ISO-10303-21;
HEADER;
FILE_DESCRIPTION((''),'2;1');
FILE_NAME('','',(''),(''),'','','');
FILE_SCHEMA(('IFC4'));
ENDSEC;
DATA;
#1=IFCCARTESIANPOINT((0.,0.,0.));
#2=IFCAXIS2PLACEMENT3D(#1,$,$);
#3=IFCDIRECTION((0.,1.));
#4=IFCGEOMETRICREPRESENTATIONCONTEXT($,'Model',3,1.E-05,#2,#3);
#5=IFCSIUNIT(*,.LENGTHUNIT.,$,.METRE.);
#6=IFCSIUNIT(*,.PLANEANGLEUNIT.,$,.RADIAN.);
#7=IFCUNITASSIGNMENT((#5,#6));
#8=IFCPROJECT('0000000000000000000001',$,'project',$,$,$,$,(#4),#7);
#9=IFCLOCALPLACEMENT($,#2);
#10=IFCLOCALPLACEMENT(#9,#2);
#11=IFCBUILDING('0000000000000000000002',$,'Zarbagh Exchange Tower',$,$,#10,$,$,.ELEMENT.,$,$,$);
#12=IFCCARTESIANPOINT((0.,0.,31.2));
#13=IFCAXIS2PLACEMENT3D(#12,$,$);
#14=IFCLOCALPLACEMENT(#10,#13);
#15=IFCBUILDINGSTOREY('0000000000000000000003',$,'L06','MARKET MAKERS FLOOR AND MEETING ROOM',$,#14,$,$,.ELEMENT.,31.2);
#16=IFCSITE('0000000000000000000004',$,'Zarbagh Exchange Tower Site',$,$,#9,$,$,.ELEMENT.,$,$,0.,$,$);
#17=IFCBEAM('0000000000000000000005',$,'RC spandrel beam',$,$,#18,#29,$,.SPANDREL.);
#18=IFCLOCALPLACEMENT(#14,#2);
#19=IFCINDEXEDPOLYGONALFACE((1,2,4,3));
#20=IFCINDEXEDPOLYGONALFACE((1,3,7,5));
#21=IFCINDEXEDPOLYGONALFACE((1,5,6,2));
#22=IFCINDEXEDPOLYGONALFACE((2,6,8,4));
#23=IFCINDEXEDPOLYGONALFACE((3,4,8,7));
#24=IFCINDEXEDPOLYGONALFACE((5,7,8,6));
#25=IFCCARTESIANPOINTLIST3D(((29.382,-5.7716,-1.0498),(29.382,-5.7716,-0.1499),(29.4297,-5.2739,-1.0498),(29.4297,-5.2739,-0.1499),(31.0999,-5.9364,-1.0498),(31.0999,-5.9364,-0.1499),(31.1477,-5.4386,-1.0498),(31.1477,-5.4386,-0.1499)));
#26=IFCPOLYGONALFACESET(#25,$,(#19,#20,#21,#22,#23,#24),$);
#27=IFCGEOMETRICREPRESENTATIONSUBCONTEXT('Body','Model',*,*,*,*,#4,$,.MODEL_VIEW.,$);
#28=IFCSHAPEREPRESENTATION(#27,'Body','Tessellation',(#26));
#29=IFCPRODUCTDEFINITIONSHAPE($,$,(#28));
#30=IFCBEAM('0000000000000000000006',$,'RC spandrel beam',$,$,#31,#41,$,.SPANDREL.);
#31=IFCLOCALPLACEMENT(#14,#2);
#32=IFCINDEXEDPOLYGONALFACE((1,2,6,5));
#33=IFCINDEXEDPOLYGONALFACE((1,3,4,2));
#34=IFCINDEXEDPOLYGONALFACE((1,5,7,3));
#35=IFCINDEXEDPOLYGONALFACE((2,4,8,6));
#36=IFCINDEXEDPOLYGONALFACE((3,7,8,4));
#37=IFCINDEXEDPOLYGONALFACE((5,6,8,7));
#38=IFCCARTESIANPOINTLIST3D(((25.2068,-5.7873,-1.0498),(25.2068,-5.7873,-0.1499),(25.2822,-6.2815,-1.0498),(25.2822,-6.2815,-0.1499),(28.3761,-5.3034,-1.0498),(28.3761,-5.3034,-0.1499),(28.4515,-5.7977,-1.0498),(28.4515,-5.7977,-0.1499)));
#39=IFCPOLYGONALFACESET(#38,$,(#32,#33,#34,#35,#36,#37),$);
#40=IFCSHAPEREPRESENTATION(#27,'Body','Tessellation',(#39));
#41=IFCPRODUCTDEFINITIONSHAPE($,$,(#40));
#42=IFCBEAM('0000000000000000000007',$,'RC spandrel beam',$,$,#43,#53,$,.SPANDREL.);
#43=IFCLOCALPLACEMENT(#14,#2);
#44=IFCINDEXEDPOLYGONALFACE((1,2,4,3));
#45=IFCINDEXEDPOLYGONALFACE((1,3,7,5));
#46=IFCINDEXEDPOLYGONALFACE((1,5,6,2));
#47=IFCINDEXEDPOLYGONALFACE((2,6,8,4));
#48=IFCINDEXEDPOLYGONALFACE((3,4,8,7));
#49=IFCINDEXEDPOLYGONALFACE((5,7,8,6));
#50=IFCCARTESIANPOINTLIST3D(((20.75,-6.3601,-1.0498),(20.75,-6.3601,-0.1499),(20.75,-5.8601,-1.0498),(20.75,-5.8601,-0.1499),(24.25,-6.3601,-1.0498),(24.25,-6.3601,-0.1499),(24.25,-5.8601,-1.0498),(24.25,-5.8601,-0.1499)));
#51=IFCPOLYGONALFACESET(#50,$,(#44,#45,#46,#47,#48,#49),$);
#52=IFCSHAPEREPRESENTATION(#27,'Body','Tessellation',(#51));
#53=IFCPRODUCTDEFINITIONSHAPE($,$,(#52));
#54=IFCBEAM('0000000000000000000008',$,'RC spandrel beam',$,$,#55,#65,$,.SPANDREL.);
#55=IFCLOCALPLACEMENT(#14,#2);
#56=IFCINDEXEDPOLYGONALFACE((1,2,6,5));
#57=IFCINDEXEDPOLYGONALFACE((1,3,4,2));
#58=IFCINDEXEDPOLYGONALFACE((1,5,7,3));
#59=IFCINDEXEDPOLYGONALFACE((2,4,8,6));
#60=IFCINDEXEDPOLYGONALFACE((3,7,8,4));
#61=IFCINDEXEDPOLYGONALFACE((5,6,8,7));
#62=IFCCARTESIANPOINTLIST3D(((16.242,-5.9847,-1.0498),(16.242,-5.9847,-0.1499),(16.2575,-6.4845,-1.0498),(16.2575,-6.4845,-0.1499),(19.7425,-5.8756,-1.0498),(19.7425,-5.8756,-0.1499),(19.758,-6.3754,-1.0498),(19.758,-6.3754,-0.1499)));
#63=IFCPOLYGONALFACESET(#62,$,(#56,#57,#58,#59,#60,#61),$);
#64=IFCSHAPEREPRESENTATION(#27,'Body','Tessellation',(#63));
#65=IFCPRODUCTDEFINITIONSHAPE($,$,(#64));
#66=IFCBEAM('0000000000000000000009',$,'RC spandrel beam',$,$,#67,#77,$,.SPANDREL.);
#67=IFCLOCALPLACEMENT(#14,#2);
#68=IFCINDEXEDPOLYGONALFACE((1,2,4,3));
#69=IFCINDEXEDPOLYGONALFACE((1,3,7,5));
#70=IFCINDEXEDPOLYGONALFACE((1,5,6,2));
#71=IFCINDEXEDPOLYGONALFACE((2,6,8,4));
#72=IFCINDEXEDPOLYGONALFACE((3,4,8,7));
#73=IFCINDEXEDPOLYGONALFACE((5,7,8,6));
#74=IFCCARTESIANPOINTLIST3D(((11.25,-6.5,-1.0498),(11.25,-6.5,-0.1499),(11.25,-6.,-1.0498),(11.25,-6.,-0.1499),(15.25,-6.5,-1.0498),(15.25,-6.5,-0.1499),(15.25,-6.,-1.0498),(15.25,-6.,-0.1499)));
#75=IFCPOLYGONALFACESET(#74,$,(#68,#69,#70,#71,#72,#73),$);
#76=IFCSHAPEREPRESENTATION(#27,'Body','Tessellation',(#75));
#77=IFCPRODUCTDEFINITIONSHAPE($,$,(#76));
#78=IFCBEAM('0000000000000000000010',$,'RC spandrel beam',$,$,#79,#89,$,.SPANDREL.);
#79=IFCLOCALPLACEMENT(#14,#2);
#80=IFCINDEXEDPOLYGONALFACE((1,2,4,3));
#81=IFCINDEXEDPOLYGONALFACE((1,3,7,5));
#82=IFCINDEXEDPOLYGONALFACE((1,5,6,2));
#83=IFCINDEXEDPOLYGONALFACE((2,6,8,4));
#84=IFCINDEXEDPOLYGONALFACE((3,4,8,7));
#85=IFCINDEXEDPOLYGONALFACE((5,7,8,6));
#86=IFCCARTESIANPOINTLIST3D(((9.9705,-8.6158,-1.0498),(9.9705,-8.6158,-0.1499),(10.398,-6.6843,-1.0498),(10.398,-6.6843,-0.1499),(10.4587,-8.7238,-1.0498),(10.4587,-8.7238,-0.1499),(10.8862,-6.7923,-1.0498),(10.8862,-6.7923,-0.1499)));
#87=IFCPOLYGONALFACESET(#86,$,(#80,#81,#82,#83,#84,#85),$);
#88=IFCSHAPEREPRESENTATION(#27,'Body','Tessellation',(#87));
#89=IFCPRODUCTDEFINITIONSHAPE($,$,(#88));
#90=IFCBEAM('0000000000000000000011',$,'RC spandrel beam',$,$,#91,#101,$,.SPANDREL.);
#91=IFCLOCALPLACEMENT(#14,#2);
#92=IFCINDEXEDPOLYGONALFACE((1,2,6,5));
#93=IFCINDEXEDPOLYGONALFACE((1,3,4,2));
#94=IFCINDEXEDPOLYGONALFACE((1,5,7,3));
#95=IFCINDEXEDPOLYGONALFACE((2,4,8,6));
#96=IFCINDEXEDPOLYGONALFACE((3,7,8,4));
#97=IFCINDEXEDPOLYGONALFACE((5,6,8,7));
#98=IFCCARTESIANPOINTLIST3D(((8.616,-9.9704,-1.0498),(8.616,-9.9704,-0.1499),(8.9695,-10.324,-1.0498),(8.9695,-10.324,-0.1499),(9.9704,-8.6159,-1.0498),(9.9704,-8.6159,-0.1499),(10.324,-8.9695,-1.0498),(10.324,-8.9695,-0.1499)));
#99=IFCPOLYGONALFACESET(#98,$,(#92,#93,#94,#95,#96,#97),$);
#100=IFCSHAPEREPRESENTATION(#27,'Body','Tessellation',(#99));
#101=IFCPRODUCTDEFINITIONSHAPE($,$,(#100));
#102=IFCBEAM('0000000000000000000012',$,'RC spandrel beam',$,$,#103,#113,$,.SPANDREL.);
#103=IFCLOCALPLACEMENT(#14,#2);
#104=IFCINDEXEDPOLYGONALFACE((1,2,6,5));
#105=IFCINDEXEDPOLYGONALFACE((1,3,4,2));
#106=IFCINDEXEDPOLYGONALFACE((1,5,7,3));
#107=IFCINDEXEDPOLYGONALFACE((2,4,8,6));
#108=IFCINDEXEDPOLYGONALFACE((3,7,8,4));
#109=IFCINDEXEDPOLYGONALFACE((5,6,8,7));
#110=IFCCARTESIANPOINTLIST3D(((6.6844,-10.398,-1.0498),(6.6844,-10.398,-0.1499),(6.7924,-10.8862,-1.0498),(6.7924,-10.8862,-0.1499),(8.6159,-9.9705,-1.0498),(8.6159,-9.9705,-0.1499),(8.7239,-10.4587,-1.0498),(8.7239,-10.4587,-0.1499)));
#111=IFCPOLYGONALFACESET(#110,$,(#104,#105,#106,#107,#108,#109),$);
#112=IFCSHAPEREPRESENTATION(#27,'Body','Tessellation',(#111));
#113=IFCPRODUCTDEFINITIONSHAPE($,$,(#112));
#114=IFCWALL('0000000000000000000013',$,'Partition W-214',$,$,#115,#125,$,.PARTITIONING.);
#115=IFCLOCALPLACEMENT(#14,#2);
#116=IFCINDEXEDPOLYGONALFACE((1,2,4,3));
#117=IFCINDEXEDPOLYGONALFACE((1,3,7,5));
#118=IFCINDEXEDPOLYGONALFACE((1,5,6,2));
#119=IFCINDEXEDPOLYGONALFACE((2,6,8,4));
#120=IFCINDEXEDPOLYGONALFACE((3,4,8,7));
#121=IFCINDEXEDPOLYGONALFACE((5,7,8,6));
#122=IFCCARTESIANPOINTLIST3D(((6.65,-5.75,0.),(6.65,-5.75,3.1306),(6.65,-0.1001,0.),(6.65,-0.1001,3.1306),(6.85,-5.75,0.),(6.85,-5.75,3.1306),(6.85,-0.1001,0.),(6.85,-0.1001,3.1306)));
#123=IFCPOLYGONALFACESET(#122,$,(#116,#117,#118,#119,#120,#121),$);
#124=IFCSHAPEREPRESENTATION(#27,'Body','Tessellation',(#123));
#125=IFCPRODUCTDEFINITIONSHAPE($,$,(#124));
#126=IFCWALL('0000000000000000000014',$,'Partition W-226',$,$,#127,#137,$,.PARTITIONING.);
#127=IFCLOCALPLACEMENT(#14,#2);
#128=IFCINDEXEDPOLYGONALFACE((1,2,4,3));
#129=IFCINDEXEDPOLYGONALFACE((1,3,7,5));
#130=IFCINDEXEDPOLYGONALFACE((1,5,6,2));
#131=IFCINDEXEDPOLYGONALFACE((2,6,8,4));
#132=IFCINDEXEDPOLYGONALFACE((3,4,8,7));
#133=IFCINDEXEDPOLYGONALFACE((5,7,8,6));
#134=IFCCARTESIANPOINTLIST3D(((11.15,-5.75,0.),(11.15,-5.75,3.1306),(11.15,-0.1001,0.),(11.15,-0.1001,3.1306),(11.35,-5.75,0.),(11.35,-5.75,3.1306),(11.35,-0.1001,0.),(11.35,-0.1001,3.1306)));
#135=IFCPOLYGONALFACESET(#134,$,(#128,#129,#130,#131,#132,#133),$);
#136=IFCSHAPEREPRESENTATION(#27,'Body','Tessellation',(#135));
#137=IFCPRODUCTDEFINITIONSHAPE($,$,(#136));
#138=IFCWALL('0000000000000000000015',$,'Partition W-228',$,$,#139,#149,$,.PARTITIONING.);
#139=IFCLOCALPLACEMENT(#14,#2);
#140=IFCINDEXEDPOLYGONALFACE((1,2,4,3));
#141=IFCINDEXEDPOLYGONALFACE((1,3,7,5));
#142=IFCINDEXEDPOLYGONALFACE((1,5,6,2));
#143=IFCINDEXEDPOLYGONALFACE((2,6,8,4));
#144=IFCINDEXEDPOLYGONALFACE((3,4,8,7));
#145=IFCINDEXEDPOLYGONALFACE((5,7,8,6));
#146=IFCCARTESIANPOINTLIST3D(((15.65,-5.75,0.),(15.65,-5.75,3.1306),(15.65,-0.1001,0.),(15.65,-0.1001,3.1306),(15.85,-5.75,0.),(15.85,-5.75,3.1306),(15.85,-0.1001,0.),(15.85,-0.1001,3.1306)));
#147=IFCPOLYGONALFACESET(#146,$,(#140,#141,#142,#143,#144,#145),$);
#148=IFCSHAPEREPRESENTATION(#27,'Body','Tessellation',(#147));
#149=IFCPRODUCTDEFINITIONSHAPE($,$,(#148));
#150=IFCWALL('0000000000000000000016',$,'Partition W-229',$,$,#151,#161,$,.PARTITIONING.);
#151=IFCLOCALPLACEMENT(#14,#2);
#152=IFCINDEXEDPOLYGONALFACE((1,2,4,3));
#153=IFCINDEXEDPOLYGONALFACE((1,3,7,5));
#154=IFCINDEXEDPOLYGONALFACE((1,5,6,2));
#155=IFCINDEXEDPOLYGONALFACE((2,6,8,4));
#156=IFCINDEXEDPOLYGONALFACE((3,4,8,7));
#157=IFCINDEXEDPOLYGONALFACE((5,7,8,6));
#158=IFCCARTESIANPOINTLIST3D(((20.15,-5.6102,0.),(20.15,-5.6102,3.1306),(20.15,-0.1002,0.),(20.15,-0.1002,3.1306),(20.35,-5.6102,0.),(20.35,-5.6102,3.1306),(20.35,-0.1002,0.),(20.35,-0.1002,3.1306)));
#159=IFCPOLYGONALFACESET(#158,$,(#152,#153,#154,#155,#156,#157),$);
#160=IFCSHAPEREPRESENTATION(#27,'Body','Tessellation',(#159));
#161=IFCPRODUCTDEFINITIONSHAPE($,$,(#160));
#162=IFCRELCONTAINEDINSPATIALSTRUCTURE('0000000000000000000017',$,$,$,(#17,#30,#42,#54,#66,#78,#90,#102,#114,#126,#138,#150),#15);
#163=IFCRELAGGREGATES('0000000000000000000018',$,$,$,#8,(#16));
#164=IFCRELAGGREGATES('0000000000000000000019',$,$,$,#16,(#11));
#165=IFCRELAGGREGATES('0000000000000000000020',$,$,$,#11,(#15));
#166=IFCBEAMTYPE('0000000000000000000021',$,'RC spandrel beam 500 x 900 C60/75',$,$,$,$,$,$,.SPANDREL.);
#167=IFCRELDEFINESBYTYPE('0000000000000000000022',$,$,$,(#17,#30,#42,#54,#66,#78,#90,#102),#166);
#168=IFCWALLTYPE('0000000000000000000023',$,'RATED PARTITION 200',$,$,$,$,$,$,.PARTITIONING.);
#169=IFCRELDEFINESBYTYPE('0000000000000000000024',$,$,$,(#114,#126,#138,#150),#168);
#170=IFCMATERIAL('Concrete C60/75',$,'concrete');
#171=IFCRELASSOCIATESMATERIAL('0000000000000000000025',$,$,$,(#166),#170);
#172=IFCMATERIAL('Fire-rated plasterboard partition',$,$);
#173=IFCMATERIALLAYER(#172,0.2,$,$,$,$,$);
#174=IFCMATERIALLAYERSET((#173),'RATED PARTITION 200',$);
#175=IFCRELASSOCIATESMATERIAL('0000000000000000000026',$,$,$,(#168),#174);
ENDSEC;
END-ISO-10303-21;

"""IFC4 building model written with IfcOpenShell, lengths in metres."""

from ifc_helpers import new_model, si_unit, direction, frame, frame_2d, origin, origin_2d, place, context, subcontext, project, spatial, rectangle, extrude, material, layer, layer_set, material_profile, profile_set, type_object, element, save


model = new_model("IFC4")

# Units and contexts
model_context = context("Model", 3, precision=1e-05, world=origin(), true_north=direction((0.0, 1.0)))
body_context = subcontext(model_context, "Body", "Model", "MODEL_VIEW")
ifc_project = project(units=[si_unit("LENGTHUNIT", "METRE"), si_unit("PLANEANGLEUNIT", "RADIAN")], contexts=[model_context])

# Site, building, storey
site_placement = place(None, origin())
site = spatial("IfcSite", under=ifc_project, at=site_placement, Name="Zarbagh Exchange Tower Site", CompositionType="ELEMENT", RefElevation=0.0)
building_placement = place(site_placement, origin())
building = spatial("IfcBuilding", under=site, at=building_placement, Name="Zarbagh Exchange Tower", CompositionType="ELEMENT")
storey_placement = place(building_placement, frame((0.0, 0.0, 31.2)))
storey = spatial("IfcBuildingStorey", under=building, at=storey_placement, Name="L06", Description="MARKET MAKERS FLOOR AND MEETING ROOM", CompositionType="ELEMENT", Elevation=31.2)

# Shared definitions
ifc_material_1 = material(Name="Concrete C60/75", Category="concrete")

# Beams
ifc_material_profile_1 = material_profile(ifc_material_1, rectangle(XDim=0.5, YDim=0.8999, at=origin_2d()), Name="RC spandrel beam 500 x 900 C60/75")
ifc_profile_set_1 = profile_set([ifc_material_profile_1], Name="Concrete C60/75")
beam_type_1 = type_object("IfcBeamType", Name="RC spandrel beam 500 x 900 C60/75", PredefinedType="SPANDREL", material=ifc_profile_set_1)
beam_1_placement = place(storey_placement, frame((31.1238, -5.6875, -0.5999), z_axis=(-0.995431, 0.095483, 0.0), x_axis=(-0.095483, -0.995431, 0.0)))
element("IfcBeam", 1, at=beam_1_placement, inside=storey, type_object=beam_type_1, Name="RC spandrel beam", PredefinedType="SPANDREL", context=body_context, shape_type="SweptSolid", body=[
    extrude(rectangle(XDim=0.5, YDim=0.8999, at=origin_2d()), origin(), (0.0, 0.0, 1.0), 1.7258),
])
beam_2_placement = place(storey_placement, frame((28.4138, -5.5505, -0.5999), z_axis=(-0.988545, -0.150924, 0.0), x_axis=(0.150924, -0.988545, 0.0)))
element("IfcBeam", 2, at=beam_2_placement, inside=storey, type_object=beam_type_1, Name="RC spandrel beam", PredefinedType="SPANDREL", context=body_context, shape_type="SweptSolid", body=[
    extrude(rectangle(XDim=0.5, YDim=0.8999, at=origin_2d()), origin(), (0.0, 0.0, 1.0), 3.2061),
])
beam_3_placement = place(storey_placement, frame((24.25, -6.1101, -0.5999), z_axis=(-1.0, 0.0, 0.0), x_axis=(0.0, -1.0, 0.0)))
element("IfcBeam", 3, at=beam_3_placement, inside=storey, type_object=beam_type_1, Name="RC spandrel beam", PredefinedType="SPANDREL", context=body_context, shape_type="SweptSolid", body=[
    extrude(rectangle(XDim=0.5, YDim=0.8999, at=origin_2d()), origin(), (0.0, 0.0, 1.0), 3.5),
])
beam_4_placement = place(storey_placement, frame((19.7502, -6.1255, -0.5999), z_axis=(-0.999514, -0.031161, 0.0), x_axis=(0.031161, -0.999514, 0.0)))
element("IfcBeam", 4, at=beam_4_placement, inside=storey, type_object=beam_type_1, Name="RC spandrel beam", PredefinedType="SPANDREL", context=body_context, shape_type="SweptSolid", body=[
    extrude(rectangle(XDim=0.5, YDim=0.8999, at=origin_2d()), origin(), (0.0, 0.0, 1.0), 3.5022),
])
beam_5_placement = place(storey_placement, frame((15.25, -6.25, -0.5999), z_axis=(-1.0, 0.0, 0.0), x_axis=(0.0, -1.0, 0.0)))
element("IfcBeam", 5, at=beam_5_placement, inside=storey, type_object=beam_type_1, Name="RC spandrel beam", PredefinedType="SPANDREL", context=body_context, shape_type="SweptSolid", body=[
    extrude(rectangle(XDim=0.5, YDim=0.8999, at=origin_2d()), origin(), (0.0, 0.0, 1.0), 4.0),
])
beam_6_placement = place(storey_placement, frame((10.6421, -6.7383, -0.5999), z_axis=(-0.216081, -0.976375, 0.0), x_axis=(0.976375, -0.216081, 0.0)))
element("IfcBeam", 6, at=beam_6_placement, inside=storey, type_object=beam_type_1, Name="RC spandrel beam", PredefinedType="SPANDREL", context=body_context, shape_type="SweptSolid", body=[
    extrude(rectangle(XDim=0.5, YDim=0.8999, at=origin_2d()), origin(), (0.0, 0.0, 1.0), 1.9783),
])
beam_7_placement = place(storey_placement, frame((10.1472, -8.7927, -0.5999), z_axis=(-0.707107, -0.707107, 0.0), x_axis=(0.707107, -0.707107, 0.0)))
element("IfcBeam", 7, at=beam_7_placement, inside=storey, type_object=beam_type_1, Name="RC spandrel beam", PredefinedType="SPANDREL", context=body_context, shape_type="SweptSolid", body=[
    extrude(rectangle(XDim=0.5, YDim=0.8999, at=origin_2d()), origin(), (0.0, 0.0, 1.0), 1.9155),
])
beam_8_placement = place(storey_placement, frame((8.6699, -10.2146, -0.5999), z_axis=(-0.976375, -0.216081, 0.0), x_axis=(0.216081, -0.976375, 0.0)))
element("IfcBeam", 8, at=beam_8_placement, inside=storey, type_object=beam_type_1, Name="RC spandrel beam", PredefinedType="SPANDREL", context=body_context, shape_type="SweptSolid", body=[
    extrude(rectangle(XDim=0.5, YDim=0.8999, at=origin_2d()), origin(), (0.0, 0.0, 1.0), 1.9783),
])

# Walls
ifc_material_2 = material(Name="Fire-rated plasterboard partition")
ifc_layer = layer(ifc_material_2, 0.2)
ifc_layer_set = layer_set([ifc_layer], Name="RATED PARTITION 200")
wall_type = type_object("IfcWallType", Name="RATED PARTITION 200", PredefinedType="PARTITIONING", material=ifc_layer_set)
for number, where, z_axis, x_axis, name in (
    (9, (6.75, -5.75, 0.0), (0.0, 0.0, 1.0), (0.0, 1.0, 0.0), "Partition W-214"),
    (10, (11.25, -5.75, 0.0), (0.0, 0.0, 1.0), (0.0, 1.0, 0.0), "Partition W-226"),
    (11, (15.75, -5.75, 0.0), (0.0, 0.0, 1.0), (0.0, 1.0, 0.0), "Partition W-228"),
):
    element("IfcWall", number, at=place(storey_placement, frame(where, z_axis=z_axis, x_axis=x_axis)), inside=storey, type_object=wall_type, Name=name, PredefinedType="PARTITIONING", context=body_context, shape_type="SweptSolid", body=[
        extrude(rectangle(XDim=5.6499, YDim=0.2, at=frame_2d((2.825, 0.0))), origin(), (0.0, 0.0, 1.0), 3.1306),
    ])
wall_placement = place(storey_placement, frame((20.25, -5.6101, 0.0), z_axis=(0.0, 0.0, 1.0), x_axis=(0.0, 1.0, 0.0)))
element("IfcWall", 12, at=wall_placement, inside=storey, type_object=wall_type, Name="Partition W-229", PredefinedType="PARTITIONING", context=body_context, shape_type="SweptSolid", body=[
    extrude(rectangle(XDim=5.51, YDim=0.2, at=frame_2d((2.7549, 0.0))), origin(), (0.0, 0.0, 1.0), 3.1306),
])

save(model, "model.ifc")
